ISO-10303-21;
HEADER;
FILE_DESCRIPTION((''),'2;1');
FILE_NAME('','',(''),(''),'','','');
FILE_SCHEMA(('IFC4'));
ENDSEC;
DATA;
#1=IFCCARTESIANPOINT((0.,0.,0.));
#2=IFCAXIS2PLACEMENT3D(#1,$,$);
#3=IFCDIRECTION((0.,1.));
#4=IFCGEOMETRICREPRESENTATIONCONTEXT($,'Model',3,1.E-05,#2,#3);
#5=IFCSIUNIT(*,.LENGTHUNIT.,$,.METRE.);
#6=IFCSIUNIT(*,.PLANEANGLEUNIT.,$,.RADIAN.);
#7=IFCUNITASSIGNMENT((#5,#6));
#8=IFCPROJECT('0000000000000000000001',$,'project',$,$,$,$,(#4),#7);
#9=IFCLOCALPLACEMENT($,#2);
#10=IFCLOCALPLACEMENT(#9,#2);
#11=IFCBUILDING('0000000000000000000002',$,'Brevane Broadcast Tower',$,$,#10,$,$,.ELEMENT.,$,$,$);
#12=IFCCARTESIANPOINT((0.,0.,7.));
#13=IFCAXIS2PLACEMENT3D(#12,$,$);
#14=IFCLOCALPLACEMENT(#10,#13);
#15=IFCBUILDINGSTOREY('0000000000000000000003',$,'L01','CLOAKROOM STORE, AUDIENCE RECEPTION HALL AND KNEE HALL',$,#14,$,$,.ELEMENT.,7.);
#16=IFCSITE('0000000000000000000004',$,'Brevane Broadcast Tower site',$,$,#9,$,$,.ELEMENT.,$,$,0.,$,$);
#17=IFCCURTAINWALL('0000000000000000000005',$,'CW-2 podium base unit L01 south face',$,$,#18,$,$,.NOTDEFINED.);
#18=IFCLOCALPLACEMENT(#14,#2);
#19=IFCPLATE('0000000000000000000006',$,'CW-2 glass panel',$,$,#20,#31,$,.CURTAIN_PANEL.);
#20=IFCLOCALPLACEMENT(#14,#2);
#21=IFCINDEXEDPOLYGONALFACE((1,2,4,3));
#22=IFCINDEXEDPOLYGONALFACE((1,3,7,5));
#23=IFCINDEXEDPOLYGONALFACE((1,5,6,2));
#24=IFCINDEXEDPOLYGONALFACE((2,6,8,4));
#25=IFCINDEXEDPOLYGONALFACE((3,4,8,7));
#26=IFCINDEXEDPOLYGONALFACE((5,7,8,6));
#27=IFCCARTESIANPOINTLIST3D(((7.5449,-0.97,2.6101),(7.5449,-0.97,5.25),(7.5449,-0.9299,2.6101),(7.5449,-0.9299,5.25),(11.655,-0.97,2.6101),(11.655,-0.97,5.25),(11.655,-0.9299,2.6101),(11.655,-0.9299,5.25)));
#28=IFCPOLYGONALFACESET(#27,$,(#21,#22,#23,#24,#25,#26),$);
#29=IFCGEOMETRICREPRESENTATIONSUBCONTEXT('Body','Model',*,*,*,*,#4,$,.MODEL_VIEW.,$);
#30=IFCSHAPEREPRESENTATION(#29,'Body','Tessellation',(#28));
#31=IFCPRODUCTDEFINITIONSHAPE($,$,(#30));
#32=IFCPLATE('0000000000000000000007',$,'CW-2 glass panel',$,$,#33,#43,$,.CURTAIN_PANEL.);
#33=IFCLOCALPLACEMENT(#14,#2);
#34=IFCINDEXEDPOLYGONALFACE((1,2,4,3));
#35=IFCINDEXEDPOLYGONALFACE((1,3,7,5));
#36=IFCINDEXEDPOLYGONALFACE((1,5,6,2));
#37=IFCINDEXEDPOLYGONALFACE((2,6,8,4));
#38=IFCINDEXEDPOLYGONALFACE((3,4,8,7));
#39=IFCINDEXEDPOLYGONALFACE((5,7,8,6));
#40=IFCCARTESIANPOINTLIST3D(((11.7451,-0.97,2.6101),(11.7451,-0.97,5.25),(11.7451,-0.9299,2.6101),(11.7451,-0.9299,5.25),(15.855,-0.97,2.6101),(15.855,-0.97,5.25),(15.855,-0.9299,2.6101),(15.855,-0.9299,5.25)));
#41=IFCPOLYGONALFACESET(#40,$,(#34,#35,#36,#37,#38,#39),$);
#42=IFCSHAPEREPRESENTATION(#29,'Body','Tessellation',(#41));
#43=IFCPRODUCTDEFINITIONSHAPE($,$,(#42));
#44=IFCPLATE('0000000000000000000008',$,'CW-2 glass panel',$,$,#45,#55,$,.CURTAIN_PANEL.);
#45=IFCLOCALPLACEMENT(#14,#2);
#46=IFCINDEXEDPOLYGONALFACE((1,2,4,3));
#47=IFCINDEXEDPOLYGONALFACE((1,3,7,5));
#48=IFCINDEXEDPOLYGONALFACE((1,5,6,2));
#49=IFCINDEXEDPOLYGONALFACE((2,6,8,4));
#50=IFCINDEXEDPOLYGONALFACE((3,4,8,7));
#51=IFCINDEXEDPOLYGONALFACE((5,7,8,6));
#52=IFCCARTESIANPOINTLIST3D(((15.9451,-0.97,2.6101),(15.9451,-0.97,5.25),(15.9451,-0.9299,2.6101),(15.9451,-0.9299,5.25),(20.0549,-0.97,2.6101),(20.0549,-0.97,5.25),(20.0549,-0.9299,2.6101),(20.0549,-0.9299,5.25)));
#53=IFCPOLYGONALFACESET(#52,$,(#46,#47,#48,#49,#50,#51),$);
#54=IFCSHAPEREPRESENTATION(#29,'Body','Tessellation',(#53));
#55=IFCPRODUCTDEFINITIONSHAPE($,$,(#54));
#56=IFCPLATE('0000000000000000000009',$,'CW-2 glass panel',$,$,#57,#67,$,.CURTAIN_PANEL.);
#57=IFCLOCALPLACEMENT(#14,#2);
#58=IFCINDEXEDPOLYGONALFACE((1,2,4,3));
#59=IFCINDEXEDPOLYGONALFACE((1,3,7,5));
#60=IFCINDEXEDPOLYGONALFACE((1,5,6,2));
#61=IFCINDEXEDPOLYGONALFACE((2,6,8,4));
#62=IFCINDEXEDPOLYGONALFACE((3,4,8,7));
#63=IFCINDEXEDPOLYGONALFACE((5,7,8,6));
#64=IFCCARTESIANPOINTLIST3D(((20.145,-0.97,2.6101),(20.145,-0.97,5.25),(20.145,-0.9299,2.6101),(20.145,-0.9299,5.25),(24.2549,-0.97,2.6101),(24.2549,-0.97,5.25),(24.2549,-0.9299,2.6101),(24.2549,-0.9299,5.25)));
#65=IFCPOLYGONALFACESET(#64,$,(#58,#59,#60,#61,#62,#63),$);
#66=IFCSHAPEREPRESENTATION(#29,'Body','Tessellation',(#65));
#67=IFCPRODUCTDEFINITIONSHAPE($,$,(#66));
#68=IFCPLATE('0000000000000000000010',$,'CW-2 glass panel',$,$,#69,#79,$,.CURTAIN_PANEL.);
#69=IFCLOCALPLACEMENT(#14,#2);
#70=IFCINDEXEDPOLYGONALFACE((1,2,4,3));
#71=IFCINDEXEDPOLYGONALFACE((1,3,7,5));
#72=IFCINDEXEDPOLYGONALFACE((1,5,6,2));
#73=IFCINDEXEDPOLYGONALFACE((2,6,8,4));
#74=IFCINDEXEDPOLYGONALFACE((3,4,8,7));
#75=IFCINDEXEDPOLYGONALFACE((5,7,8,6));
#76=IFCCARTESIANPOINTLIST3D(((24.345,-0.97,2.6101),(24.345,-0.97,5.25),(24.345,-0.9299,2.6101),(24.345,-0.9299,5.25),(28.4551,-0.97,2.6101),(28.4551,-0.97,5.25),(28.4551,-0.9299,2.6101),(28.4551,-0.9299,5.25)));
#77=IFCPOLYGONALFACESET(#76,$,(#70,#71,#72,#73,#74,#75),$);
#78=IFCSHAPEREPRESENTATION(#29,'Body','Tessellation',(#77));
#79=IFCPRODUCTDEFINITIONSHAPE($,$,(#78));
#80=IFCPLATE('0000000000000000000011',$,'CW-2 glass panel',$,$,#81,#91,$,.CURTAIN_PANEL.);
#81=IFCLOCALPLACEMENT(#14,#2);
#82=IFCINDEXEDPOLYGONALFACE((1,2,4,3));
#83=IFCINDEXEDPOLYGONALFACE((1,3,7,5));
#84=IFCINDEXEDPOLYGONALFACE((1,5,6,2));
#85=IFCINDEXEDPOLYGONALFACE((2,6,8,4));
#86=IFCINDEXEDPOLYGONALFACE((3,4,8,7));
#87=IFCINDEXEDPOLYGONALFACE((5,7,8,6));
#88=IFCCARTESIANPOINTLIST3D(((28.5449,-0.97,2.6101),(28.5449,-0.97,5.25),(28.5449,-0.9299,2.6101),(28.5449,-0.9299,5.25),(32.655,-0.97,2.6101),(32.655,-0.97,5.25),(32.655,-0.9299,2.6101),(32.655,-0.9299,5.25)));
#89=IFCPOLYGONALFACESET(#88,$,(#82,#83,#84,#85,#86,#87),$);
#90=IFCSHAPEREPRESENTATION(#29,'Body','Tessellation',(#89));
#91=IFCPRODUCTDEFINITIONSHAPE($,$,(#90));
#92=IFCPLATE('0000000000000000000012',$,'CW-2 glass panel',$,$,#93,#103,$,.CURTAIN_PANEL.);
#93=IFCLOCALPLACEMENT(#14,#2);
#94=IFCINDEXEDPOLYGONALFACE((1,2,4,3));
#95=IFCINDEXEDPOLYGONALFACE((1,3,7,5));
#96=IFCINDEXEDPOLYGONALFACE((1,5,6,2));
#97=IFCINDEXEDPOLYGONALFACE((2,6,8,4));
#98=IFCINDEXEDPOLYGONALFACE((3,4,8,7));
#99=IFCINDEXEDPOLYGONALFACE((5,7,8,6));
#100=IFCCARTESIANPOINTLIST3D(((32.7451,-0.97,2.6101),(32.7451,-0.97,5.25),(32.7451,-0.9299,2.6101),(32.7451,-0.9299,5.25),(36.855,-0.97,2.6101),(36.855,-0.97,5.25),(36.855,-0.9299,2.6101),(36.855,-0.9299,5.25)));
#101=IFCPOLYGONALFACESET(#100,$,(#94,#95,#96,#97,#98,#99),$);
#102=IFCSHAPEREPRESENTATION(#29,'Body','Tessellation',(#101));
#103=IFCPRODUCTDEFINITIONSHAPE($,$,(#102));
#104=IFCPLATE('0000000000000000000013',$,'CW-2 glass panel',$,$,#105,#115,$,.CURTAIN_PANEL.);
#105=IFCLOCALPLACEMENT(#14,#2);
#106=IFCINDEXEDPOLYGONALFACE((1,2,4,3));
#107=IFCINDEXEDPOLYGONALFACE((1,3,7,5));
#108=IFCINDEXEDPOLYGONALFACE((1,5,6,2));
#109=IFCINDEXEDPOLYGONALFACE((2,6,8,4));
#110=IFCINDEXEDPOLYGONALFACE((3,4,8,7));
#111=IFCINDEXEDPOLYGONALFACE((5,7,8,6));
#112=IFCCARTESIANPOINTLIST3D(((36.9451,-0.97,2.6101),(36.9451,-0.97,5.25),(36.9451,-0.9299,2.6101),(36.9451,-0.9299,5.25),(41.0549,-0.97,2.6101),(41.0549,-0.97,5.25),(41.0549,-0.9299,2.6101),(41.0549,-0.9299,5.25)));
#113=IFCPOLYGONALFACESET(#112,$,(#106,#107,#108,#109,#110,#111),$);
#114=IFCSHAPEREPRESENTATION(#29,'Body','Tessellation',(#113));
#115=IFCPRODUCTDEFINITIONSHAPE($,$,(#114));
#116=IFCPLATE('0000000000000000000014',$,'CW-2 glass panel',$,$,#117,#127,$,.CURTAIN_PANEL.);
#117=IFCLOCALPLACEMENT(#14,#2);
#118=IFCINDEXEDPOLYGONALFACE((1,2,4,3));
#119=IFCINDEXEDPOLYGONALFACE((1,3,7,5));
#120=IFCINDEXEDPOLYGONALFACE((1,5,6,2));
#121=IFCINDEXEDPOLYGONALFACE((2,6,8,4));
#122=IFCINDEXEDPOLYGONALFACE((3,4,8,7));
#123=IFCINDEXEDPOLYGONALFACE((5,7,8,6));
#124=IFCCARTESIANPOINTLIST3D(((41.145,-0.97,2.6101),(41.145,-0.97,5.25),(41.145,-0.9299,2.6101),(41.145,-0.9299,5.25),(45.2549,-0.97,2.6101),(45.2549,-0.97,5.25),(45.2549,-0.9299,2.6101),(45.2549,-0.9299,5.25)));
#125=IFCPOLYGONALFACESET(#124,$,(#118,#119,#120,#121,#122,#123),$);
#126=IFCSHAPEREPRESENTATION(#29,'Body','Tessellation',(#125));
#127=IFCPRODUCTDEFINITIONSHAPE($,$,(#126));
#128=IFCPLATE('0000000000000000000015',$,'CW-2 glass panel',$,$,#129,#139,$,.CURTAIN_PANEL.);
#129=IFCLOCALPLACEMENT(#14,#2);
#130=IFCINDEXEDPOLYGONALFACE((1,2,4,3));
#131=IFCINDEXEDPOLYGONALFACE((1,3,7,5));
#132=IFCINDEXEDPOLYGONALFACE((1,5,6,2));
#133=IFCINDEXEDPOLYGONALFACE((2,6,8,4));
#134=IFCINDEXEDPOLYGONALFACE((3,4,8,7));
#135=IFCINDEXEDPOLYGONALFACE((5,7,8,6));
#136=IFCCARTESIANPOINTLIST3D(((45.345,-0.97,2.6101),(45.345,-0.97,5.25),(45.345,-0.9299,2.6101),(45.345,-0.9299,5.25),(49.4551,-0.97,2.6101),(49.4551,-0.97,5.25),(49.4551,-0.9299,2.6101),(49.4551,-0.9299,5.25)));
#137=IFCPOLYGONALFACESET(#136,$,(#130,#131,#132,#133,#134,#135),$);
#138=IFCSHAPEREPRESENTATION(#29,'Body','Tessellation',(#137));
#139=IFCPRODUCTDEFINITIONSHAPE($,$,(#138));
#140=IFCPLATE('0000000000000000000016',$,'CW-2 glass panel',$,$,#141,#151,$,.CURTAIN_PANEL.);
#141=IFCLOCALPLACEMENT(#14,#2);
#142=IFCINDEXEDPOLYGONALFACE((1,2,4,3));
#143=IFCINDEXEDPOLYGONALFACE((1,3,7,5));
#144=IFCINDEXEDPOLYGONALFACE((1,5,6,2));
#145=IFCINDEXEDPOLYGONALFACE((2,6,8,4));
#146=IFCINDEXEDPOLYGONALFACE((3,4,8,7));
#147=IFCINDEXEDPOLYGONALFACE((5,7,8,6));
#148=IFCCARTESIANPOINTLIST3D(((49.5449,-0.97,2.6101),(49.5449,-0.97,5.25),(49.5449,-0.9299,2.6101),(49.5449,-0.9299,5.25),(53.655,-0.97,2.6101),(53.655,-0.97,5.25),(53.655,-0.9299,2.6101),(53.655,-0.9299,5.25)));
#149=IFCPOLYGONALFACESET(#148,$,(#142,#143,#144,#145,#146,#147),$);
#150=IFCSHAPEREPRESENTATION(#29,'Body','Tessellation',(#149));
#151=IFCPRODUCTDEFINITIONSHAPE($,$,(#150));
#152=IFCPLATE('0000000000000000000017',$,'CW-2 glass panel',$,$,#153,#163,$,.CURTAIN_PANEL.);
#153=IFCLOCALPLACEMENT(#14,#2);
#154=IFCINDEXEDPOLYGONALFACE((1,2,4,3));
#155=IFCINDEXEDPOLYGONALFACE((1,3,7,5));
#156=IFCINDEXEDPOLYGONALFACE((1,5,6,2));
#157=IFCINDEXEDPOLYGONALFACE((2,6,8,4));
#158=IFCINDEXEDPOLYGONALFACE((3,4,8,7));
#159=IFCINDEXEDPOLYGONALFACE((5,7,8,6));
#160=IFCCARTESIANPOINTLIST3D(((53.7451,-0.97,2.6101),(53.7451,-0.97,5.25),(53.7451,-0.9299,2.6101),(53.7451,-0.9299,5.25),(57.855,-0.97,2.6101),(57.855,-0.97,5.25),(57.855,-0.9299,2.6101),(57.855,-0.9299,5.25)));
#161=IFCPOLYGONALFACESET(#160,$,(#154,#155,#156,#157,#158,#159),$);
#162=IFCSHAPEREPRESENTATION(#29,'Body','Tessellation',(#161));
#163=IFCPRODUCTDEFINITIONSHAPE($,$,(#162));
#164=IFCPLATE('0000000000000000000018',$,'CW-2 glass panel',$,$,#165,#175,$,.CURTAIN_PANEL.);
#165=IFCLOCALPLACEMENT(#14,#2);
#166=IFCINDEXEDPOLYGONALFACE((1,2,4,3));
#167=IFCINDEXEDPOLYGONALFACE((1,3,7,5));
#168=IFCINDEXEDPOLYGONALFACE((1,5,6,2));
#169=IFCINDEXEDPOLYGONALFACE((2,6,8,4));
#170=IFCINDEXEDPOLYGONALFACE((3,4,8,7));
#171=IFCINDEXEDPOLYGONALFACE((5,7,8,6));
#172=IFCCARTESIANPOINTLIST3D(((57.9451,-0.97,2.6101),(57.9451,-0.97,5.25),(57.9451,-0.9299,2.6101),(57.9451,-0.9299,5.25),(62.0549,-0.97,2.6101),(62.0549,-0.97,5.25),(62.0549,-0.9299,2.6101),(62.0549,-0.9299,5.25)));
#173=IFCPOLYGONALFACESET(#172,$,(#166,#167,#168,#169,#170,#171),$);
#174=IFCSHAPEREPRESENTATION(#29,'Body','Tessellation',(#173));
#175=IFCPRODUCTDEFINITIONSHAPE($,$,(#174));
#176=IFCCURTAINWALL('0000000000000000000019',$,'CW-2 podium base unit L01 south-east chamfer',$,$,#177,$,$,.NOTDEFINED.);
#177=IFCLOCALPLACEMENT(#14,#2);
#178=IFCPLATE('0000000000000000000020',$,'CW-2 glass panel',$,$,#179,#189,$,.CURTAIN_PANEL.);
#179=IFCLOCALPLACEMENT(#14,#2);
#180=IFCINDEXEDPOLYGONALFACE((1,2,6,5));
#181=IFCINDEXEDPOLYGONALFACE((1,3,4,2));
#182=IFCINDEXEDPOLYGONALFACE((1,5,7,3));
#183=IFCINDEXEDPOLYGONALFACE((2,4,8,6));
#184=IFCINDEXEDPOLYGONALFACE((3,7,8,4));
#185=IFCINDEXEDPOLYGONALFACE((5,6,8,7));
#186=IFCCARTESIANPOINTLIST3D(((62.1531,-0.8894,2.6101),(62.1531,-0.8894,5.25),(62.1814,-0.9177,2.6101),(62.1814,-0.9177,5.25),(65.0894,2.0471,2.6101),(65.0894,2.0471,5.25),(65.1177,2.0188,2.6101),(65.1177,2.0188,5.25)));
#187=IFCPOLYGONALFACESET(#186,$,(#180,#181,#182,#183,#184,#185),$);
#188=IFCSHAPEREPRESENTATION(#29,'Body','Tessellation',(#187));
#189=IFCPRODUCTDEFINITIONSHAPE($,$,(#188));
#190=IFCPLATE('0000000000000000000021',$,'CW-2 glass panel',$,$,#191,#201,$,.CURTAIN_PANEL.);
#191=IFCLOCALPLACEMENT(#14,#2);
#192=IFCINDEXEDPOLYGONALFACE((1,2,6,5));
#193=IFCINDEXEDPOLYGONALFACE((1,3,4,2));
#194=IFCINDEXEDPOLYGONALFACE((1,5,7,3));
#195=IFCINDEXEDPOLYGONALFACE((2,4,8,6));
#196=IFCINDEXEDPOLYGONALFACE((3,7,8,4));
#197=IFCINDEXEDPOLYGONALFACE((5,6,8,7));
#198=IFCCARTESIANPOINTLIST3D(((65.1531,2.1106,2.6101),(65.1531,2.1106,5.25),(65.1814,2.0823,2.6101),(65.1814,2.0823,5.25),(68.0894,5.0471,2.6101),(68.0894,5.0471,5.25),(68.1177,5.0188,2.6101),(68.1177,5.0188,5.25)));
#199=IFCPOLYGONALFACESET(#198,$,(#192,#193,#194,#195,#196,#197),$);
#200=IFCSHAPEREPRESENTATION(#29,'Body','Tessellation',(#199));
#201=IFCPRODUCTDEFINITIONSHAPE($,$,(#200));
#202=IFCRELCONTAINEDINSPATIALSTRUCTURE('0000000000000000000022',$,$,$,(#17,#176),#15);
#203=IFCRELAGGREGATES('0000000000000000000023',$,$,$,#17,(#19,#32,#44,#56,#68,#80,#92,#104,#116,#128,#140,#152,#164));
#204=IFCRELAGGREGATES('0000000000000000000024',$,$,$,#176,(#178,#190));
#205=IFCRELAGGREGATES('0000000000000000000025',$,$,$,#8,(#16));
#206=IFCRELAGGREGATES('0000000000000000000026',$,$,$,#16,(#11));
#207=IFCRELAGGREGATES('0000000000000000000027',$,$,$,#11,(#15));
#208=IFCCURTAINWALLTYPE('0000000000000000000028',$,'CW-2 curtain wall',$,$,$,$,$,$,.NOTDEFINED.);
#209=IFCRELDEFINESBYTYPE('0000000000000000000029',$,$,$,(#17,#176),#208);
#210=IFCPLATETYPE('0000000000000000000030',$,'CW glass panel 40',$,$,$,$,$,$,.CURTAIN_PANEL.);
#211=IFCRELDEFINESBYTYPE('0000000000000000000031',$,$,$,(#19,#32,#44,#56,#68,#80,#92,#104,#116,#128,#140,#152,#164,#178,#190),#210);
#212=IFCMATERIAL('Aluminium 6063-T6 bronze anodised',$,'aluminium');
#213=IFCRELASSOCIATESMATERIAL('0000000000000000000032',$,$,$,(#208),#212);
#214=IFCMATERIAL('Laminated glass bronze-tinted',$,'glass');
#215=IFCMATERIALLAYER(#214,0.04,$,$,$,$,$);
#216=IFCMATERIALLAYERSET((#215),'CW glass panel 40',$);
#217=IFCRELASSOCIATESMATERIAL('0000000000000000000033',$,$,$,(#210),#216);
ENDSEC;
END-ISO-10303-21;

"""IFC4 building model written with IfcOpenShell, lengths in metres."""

from ifc_helpers import new_model, si_unit, direction, frame, origin, place, context, subcontext, project, spatial, polyline, outline, extrude, material, layer, layer_set, type_object, element, aggregate, save


model = new_model("IFC4")

# Units and contexts
model_context = context("Model", 3, precision=1e-05, world=origin(), true_north=direction((0.0, 1.0)))
body_context = subcontext(model_context, "Body", "Model", "MODEL_VIEW")
ifc_project = project(units=[si_unit("LENGTHUNIT", "METRE"), si_unit("PLANEANGLEUNIT", "RADIAN")], contexts=[model_context])

# Site, building, storey
site_placement = place(None, origin())
site = spatial("IfcSite", under=ifc_project, at=site_placement, Name="Brevane Broadcast Tower site", CompositionType="ELEMENT", RefElevation=0.0)
building_placement = place(site_placement, origin())
building = spatial("IfcBuilding", under=site, at=building_placement, Name="Brevane Broadcast Tower", CompositionType="ELEMENT")
storey_placement = place(building_placement, frame((0.0, 0.0, 7.0)))
storey = spatial("IfcBuildingStorey", under=building, at=storey_placement, Name="L01", Description="CLOAKROOM STORE, AUDIENCE RECEPTION HALL AND KNEE HALL", CompositionType="ELEMENT", Elevation=7.0)

# Curtain walls, plates
ifc_material_1 = material(Name="Aluminium 6063-T6 bronze anodised", Category="aluminium")
curtain_wall_type = type_object("IfcCurtainWallType", Name="CW-2 curtain wall", PredefinedType="NOTDEFINED", material=ifc_material_1)
curtain_wall_1_placement = place(storey_placement, origin())
curtain_wall_1 = element("IfcCurtainWall", 1, at=curtain_wall_1_placement, inside=storey, type_object=curtain_wall_type, Name="CW-2 podium base unit L01 south face", PredefinedType="NOTDEFINED")
ifc_material_2 = material(Name="Laminated glass bronze-tinted", Category="glass")
ifc_layer = layer(ifc_material_2, 0.04)
ifc_layer_set = layer_set([ifc_layer], Name="CW glass panel 40")
plate_type = type_object("IfcPlateType", Name="CW glass panel 40", PredefinedType="CURTAIN_PANEL", material=ifc_layer_set)
plate_1_placement = place(storey_placement, frame((0.0, 0.0, 2.6101)))
plate_1 = element("IfcPlate", 2, at=plate_1_placement, type_object=plate_type, Name="CW-2 glass panel", PredefinedType="CURTAIN_PANEL", context=body_context, shape_type="SweptSolid", body=[
    extrude(outline(polyline([(11.655, -0.97), (11.655, -0.9299), (7.5449, -0.9299), (7.5449, -0.97), (11.655, -0.97)])), origin(), (0.0, 0.0, 1.0), 2.6399),
])
plate_2_placement = place(storey_placement, frame((0.0, 0.0, 2.6101)))
plate_2 = element("IfcPlate", 3, at=plate_2_placement, type_object=plate_type, Name="CW-2 glass panel", PredefinedType="CURTAIN_PANEL", context=body_context, shape_type="SweptSolid", body=[
    extrude(outline(polyline([(15.855, -0.97), (15.855, -0.9299), (11.7451, -0.9299), (11.7451, -0.97), (15.855, -0.97)])), origin(), (0.0, 0.0, 1.0), 2.6399),
])
plate_3_placement = place(storey_placement, frame((0.0, 0.0, 2.6101)))
plate_3 = element("IfcPlate", 4, at=plate_3_placement, type_object=plate_type, Name="CW-2 glass panel", PredefinedType="CURTAIN_PANEL", context=body_context, shape_type="SweptSolid", body=[
    extrude(outline(polyline([(20.0549, -0.97), (20.0549, -0.9299), (15.9451, -0.9299), (15.9451, -0.97), (20.0549, -0.97)])), origin(), (0.0, 0.0, 1.0), 2.6399),
])
plate_4_placement = place(storey_placement, frame((0.0, 0.0, 2.6101)))
plate_4 = element("IfcPlate", 5, at=plate_4_placement, type_object=plate_type, Name="CW-2 glass panel", PredefinedType="CURTAIN_PANEL", context=body_context, shape_type="SweptSolid", body=[
    extrude(outline(polyline([(24.2549, -0.97), (24.2549, -0.9299), (20.145, -0.9299), (20.145, -0.97), (24.2549, -0.97)])), origin(), (0.0, 0.0, 1.0), 2.6399),
])
plate_5_placement = place(storey_placement, frame((0.0, 0.0, 2.6101)))
plate_5 = element("IfcPlate", 6, at=plate_5_placement, type_object=plate_type, Name="CW-2 glass panel", PredefinedType="CURTAIN_PANEL", context=body_context, shape_type="SweptSolid", body=[
    extrude(outline(polyline([(28.4551, -0.97), (28.4551, -0.9299), (24.345, -0.9299), (24.345, -0.97), (28.4551, -0.97)])), origin(), (0.0, 0.0, 1.0), 2.6399),
])
plate_6_placement = place(storey_placement, frame((0.0, 0.0, 2.6101)))
plate_6 = element("IfcPlate", 7, at=plate_6_placement, type_object=plate_type, Name="CW-2 glass panel", PredefinedType="CURTAIN_PANEL", context=body_context, shape_type="SweptSolid", body=[
    extrude(outline(polyline([(32.655, -0.97), (32.655, -0.9299), (28.5449, -0.9299), (28.5449, -0.97), (32.655, -0.97)])), origin(), (0.0, 0.0, 1.0), 2.6399),
])
plate_7_placement = place(storey_placement, frame((0.0, 0.0, 2.6101)))
plate_7 = element("IfcPlate", 8, at=plate_7_placement, type_object=plate_type, Name="CW-2 glass panel", PredefinedType="CURTAIN_PANEL", context=body_context, shape_type="SweptSolid", body=[
    extrude(outline(polyline([(36.855, -0.97), (36.855, -0.9299), (32.7451, -0.9299), (32.7451, -0.97), (36.855, -0.97)])), origin(), (0.0, 0.0, 1.0), 2.6399),
])
plate_8_placement = place(storey_placement, frame((0.0, 0.0, 2.6101)))
plate_8 = element("IfcPlate", 9, at=plate_8_placement, type_object=plate_type, Name="CW-2 glass panel", PredefinedType="CURTAIN_PANEL", context=body_context, shape_type="SweptSolid", body=[
    extrude(outline(polyline([(41.0549, -0.97), (41.0549, -0.9299), (36.9451, -0.9299), (36.9451, -0.97), (41.0549, -0.97)])), origin(), (0.0, 0.0, 1.0), 2.6399),
])
plate_9_placement = place(storey_placement, frame((0.0, 0.0, 2.6101)))
plate_9 = element("IfcPlate", 10, at=plate_9_placement, type_object=plate_type, Name="CW-2 glass panel", PredefinedType="CURTAIN_PANEL", context=body_context, shape_type="SweptSolid", body=[
    extrude(outline(polyline([(45.2549, -0.97), (45.2549, -0.9299), (41.145, -0.9299), (41.145, -0.97), (45.2549, -0.97)])), origin(), (0.0, 0.0, 1.0), 2.6399),
])
plate_10_placement = place(storey_placement, frame((0.0, 0.0, 2.6101)))
plate_10 = element("IfcPlate", 11, at=plate_10_placement, type_object=plate_type, Name="CW-2 glass panel", PredefinedType="CURTAIN_PANEL", context=body_context, shape_type="SweptSolid", body=[
    extrude(outline(polyline([(49.4551, -0.97), (49.4551, -0.9299), (45.345, -0.9299), (45.345, -0.97), (49.4551, -0.97)])), origin(), (0.0, 0.0, 1.0), 2.6399),
])
plate_11_placement = place(storey_placement, frame((0.0, 0.0, 2.6101)))
plate_11 = element("IfcPlate", 12, at=plate_11_placement, type_object=plate_type, Name="CW-2 glass panel", PredefinedType="CURTAIN_PANEL", context=body_context, shape_type="SweptSolid", body=[
    extrude(outline(polyline([(53.655, -0.97), (53.655, -0.9299), (49.5449, -0.9299), (49.5449, -0.97), (53.655, -0.97)])), origin(), (0.0, 0.0, 1.0), 2.6399),
])
plate_12_placement = place(storey_placement, frame((0.0, 0.0, 2.6101)))
plate_12 = element("IfcPlate", 13, at=plate_12_placement, type_object=plate_type, Name="CW-2 glass panel", PredefinedType="CURTAIN_PANEL", context=body_context, shape_type="SweptSolid", body=[
    extrude(outline(polyline([(57.855, -0.97), (57.855, -0.9299), (53.7451, -0.9299), (53.7451, -0.97), (57.855, -0.97)])), origin(), (0.0, 0.0, 1.0), 2.6399),
])
plate_13_placement = place(storey_placement, frame((0.0, 0.0, 2.6101)))
plate_13 = element("IfcPlate", 14, at=plate_13_placement, type_object=plate_type, Name="CW-2 glass panel", PredefinedType="CURTAIN_PANEL", context=body_context, shape_type="SweptSolid", body=[
    extrude(outline(polyline([(62.0549, -0.97), (62.0549, -0.9299), (57.9451, -0.9299), (57.9451, -0.97), (62.0549, -0.97)])), origin(), (0.0, 0.0, 1.0), 2.6399),
])
aggregate(curtain_wall_1, [plate_1, plate_2, plate_3, plate_4, plate_5, plate_6, plate_7, plate_8, plate_9, plate_10, plate_11, plate_12, plate_13])
curtain_wall_2_placement = place(storey_placement, origin())
curtain_wall_2 = element("IfcCurtainWall", 15, at=curtain_wall_2_placement, inside=storey, type_object=curtain_wall_type, Name="CW-2 podium base unit L01 south-east chamfer", PredefinedType="NOTDEFINED")
plate_14_placement = place(storey_placement, frame((0.0, 0.0, 2.6101)))
plate_14 = element("IfcPlate", 16, at=plate_14_placement, type_object=plate_type, Name="CW-2 glass panel", PredefinedType="CURTAIN_PANEL", context=body_context, shape_type="SweptSolid", body=[
    extrude(outline(polyline([(62.1531, -0.8894), (65.0894, 2.0471), (65.1177, 2.0188), (62.1814, -0.9177), (62.1531, -0.8894)])), origin(), (0.0, 0.0, 1.0), 2.6399),
])
plate_15_placement = place(storey_placement, frame((0.0, 0.0, 2.6101)))
plate_15 = element("IfcPlate", 17, at=plate_15_placement, type_object=plate_type, Name="CW-2 glass panel", PredefinedType="CURTAIN_PANEL", context=body_context, shape_type="SweptSolid", body=[
    extrude(outline(polyline([(68.0894, 5.0471), (68.1177, 5.0188), (65.1814, 2.0823), (65.1531, 2.1106), (68.0894, 5.0471)])), origin(), (0.0, 0.0, 1.0), 2.6399),
])
aggregate(curtain_wall_2, [plate_14, plate_15])

save(model, "model.ifc")
